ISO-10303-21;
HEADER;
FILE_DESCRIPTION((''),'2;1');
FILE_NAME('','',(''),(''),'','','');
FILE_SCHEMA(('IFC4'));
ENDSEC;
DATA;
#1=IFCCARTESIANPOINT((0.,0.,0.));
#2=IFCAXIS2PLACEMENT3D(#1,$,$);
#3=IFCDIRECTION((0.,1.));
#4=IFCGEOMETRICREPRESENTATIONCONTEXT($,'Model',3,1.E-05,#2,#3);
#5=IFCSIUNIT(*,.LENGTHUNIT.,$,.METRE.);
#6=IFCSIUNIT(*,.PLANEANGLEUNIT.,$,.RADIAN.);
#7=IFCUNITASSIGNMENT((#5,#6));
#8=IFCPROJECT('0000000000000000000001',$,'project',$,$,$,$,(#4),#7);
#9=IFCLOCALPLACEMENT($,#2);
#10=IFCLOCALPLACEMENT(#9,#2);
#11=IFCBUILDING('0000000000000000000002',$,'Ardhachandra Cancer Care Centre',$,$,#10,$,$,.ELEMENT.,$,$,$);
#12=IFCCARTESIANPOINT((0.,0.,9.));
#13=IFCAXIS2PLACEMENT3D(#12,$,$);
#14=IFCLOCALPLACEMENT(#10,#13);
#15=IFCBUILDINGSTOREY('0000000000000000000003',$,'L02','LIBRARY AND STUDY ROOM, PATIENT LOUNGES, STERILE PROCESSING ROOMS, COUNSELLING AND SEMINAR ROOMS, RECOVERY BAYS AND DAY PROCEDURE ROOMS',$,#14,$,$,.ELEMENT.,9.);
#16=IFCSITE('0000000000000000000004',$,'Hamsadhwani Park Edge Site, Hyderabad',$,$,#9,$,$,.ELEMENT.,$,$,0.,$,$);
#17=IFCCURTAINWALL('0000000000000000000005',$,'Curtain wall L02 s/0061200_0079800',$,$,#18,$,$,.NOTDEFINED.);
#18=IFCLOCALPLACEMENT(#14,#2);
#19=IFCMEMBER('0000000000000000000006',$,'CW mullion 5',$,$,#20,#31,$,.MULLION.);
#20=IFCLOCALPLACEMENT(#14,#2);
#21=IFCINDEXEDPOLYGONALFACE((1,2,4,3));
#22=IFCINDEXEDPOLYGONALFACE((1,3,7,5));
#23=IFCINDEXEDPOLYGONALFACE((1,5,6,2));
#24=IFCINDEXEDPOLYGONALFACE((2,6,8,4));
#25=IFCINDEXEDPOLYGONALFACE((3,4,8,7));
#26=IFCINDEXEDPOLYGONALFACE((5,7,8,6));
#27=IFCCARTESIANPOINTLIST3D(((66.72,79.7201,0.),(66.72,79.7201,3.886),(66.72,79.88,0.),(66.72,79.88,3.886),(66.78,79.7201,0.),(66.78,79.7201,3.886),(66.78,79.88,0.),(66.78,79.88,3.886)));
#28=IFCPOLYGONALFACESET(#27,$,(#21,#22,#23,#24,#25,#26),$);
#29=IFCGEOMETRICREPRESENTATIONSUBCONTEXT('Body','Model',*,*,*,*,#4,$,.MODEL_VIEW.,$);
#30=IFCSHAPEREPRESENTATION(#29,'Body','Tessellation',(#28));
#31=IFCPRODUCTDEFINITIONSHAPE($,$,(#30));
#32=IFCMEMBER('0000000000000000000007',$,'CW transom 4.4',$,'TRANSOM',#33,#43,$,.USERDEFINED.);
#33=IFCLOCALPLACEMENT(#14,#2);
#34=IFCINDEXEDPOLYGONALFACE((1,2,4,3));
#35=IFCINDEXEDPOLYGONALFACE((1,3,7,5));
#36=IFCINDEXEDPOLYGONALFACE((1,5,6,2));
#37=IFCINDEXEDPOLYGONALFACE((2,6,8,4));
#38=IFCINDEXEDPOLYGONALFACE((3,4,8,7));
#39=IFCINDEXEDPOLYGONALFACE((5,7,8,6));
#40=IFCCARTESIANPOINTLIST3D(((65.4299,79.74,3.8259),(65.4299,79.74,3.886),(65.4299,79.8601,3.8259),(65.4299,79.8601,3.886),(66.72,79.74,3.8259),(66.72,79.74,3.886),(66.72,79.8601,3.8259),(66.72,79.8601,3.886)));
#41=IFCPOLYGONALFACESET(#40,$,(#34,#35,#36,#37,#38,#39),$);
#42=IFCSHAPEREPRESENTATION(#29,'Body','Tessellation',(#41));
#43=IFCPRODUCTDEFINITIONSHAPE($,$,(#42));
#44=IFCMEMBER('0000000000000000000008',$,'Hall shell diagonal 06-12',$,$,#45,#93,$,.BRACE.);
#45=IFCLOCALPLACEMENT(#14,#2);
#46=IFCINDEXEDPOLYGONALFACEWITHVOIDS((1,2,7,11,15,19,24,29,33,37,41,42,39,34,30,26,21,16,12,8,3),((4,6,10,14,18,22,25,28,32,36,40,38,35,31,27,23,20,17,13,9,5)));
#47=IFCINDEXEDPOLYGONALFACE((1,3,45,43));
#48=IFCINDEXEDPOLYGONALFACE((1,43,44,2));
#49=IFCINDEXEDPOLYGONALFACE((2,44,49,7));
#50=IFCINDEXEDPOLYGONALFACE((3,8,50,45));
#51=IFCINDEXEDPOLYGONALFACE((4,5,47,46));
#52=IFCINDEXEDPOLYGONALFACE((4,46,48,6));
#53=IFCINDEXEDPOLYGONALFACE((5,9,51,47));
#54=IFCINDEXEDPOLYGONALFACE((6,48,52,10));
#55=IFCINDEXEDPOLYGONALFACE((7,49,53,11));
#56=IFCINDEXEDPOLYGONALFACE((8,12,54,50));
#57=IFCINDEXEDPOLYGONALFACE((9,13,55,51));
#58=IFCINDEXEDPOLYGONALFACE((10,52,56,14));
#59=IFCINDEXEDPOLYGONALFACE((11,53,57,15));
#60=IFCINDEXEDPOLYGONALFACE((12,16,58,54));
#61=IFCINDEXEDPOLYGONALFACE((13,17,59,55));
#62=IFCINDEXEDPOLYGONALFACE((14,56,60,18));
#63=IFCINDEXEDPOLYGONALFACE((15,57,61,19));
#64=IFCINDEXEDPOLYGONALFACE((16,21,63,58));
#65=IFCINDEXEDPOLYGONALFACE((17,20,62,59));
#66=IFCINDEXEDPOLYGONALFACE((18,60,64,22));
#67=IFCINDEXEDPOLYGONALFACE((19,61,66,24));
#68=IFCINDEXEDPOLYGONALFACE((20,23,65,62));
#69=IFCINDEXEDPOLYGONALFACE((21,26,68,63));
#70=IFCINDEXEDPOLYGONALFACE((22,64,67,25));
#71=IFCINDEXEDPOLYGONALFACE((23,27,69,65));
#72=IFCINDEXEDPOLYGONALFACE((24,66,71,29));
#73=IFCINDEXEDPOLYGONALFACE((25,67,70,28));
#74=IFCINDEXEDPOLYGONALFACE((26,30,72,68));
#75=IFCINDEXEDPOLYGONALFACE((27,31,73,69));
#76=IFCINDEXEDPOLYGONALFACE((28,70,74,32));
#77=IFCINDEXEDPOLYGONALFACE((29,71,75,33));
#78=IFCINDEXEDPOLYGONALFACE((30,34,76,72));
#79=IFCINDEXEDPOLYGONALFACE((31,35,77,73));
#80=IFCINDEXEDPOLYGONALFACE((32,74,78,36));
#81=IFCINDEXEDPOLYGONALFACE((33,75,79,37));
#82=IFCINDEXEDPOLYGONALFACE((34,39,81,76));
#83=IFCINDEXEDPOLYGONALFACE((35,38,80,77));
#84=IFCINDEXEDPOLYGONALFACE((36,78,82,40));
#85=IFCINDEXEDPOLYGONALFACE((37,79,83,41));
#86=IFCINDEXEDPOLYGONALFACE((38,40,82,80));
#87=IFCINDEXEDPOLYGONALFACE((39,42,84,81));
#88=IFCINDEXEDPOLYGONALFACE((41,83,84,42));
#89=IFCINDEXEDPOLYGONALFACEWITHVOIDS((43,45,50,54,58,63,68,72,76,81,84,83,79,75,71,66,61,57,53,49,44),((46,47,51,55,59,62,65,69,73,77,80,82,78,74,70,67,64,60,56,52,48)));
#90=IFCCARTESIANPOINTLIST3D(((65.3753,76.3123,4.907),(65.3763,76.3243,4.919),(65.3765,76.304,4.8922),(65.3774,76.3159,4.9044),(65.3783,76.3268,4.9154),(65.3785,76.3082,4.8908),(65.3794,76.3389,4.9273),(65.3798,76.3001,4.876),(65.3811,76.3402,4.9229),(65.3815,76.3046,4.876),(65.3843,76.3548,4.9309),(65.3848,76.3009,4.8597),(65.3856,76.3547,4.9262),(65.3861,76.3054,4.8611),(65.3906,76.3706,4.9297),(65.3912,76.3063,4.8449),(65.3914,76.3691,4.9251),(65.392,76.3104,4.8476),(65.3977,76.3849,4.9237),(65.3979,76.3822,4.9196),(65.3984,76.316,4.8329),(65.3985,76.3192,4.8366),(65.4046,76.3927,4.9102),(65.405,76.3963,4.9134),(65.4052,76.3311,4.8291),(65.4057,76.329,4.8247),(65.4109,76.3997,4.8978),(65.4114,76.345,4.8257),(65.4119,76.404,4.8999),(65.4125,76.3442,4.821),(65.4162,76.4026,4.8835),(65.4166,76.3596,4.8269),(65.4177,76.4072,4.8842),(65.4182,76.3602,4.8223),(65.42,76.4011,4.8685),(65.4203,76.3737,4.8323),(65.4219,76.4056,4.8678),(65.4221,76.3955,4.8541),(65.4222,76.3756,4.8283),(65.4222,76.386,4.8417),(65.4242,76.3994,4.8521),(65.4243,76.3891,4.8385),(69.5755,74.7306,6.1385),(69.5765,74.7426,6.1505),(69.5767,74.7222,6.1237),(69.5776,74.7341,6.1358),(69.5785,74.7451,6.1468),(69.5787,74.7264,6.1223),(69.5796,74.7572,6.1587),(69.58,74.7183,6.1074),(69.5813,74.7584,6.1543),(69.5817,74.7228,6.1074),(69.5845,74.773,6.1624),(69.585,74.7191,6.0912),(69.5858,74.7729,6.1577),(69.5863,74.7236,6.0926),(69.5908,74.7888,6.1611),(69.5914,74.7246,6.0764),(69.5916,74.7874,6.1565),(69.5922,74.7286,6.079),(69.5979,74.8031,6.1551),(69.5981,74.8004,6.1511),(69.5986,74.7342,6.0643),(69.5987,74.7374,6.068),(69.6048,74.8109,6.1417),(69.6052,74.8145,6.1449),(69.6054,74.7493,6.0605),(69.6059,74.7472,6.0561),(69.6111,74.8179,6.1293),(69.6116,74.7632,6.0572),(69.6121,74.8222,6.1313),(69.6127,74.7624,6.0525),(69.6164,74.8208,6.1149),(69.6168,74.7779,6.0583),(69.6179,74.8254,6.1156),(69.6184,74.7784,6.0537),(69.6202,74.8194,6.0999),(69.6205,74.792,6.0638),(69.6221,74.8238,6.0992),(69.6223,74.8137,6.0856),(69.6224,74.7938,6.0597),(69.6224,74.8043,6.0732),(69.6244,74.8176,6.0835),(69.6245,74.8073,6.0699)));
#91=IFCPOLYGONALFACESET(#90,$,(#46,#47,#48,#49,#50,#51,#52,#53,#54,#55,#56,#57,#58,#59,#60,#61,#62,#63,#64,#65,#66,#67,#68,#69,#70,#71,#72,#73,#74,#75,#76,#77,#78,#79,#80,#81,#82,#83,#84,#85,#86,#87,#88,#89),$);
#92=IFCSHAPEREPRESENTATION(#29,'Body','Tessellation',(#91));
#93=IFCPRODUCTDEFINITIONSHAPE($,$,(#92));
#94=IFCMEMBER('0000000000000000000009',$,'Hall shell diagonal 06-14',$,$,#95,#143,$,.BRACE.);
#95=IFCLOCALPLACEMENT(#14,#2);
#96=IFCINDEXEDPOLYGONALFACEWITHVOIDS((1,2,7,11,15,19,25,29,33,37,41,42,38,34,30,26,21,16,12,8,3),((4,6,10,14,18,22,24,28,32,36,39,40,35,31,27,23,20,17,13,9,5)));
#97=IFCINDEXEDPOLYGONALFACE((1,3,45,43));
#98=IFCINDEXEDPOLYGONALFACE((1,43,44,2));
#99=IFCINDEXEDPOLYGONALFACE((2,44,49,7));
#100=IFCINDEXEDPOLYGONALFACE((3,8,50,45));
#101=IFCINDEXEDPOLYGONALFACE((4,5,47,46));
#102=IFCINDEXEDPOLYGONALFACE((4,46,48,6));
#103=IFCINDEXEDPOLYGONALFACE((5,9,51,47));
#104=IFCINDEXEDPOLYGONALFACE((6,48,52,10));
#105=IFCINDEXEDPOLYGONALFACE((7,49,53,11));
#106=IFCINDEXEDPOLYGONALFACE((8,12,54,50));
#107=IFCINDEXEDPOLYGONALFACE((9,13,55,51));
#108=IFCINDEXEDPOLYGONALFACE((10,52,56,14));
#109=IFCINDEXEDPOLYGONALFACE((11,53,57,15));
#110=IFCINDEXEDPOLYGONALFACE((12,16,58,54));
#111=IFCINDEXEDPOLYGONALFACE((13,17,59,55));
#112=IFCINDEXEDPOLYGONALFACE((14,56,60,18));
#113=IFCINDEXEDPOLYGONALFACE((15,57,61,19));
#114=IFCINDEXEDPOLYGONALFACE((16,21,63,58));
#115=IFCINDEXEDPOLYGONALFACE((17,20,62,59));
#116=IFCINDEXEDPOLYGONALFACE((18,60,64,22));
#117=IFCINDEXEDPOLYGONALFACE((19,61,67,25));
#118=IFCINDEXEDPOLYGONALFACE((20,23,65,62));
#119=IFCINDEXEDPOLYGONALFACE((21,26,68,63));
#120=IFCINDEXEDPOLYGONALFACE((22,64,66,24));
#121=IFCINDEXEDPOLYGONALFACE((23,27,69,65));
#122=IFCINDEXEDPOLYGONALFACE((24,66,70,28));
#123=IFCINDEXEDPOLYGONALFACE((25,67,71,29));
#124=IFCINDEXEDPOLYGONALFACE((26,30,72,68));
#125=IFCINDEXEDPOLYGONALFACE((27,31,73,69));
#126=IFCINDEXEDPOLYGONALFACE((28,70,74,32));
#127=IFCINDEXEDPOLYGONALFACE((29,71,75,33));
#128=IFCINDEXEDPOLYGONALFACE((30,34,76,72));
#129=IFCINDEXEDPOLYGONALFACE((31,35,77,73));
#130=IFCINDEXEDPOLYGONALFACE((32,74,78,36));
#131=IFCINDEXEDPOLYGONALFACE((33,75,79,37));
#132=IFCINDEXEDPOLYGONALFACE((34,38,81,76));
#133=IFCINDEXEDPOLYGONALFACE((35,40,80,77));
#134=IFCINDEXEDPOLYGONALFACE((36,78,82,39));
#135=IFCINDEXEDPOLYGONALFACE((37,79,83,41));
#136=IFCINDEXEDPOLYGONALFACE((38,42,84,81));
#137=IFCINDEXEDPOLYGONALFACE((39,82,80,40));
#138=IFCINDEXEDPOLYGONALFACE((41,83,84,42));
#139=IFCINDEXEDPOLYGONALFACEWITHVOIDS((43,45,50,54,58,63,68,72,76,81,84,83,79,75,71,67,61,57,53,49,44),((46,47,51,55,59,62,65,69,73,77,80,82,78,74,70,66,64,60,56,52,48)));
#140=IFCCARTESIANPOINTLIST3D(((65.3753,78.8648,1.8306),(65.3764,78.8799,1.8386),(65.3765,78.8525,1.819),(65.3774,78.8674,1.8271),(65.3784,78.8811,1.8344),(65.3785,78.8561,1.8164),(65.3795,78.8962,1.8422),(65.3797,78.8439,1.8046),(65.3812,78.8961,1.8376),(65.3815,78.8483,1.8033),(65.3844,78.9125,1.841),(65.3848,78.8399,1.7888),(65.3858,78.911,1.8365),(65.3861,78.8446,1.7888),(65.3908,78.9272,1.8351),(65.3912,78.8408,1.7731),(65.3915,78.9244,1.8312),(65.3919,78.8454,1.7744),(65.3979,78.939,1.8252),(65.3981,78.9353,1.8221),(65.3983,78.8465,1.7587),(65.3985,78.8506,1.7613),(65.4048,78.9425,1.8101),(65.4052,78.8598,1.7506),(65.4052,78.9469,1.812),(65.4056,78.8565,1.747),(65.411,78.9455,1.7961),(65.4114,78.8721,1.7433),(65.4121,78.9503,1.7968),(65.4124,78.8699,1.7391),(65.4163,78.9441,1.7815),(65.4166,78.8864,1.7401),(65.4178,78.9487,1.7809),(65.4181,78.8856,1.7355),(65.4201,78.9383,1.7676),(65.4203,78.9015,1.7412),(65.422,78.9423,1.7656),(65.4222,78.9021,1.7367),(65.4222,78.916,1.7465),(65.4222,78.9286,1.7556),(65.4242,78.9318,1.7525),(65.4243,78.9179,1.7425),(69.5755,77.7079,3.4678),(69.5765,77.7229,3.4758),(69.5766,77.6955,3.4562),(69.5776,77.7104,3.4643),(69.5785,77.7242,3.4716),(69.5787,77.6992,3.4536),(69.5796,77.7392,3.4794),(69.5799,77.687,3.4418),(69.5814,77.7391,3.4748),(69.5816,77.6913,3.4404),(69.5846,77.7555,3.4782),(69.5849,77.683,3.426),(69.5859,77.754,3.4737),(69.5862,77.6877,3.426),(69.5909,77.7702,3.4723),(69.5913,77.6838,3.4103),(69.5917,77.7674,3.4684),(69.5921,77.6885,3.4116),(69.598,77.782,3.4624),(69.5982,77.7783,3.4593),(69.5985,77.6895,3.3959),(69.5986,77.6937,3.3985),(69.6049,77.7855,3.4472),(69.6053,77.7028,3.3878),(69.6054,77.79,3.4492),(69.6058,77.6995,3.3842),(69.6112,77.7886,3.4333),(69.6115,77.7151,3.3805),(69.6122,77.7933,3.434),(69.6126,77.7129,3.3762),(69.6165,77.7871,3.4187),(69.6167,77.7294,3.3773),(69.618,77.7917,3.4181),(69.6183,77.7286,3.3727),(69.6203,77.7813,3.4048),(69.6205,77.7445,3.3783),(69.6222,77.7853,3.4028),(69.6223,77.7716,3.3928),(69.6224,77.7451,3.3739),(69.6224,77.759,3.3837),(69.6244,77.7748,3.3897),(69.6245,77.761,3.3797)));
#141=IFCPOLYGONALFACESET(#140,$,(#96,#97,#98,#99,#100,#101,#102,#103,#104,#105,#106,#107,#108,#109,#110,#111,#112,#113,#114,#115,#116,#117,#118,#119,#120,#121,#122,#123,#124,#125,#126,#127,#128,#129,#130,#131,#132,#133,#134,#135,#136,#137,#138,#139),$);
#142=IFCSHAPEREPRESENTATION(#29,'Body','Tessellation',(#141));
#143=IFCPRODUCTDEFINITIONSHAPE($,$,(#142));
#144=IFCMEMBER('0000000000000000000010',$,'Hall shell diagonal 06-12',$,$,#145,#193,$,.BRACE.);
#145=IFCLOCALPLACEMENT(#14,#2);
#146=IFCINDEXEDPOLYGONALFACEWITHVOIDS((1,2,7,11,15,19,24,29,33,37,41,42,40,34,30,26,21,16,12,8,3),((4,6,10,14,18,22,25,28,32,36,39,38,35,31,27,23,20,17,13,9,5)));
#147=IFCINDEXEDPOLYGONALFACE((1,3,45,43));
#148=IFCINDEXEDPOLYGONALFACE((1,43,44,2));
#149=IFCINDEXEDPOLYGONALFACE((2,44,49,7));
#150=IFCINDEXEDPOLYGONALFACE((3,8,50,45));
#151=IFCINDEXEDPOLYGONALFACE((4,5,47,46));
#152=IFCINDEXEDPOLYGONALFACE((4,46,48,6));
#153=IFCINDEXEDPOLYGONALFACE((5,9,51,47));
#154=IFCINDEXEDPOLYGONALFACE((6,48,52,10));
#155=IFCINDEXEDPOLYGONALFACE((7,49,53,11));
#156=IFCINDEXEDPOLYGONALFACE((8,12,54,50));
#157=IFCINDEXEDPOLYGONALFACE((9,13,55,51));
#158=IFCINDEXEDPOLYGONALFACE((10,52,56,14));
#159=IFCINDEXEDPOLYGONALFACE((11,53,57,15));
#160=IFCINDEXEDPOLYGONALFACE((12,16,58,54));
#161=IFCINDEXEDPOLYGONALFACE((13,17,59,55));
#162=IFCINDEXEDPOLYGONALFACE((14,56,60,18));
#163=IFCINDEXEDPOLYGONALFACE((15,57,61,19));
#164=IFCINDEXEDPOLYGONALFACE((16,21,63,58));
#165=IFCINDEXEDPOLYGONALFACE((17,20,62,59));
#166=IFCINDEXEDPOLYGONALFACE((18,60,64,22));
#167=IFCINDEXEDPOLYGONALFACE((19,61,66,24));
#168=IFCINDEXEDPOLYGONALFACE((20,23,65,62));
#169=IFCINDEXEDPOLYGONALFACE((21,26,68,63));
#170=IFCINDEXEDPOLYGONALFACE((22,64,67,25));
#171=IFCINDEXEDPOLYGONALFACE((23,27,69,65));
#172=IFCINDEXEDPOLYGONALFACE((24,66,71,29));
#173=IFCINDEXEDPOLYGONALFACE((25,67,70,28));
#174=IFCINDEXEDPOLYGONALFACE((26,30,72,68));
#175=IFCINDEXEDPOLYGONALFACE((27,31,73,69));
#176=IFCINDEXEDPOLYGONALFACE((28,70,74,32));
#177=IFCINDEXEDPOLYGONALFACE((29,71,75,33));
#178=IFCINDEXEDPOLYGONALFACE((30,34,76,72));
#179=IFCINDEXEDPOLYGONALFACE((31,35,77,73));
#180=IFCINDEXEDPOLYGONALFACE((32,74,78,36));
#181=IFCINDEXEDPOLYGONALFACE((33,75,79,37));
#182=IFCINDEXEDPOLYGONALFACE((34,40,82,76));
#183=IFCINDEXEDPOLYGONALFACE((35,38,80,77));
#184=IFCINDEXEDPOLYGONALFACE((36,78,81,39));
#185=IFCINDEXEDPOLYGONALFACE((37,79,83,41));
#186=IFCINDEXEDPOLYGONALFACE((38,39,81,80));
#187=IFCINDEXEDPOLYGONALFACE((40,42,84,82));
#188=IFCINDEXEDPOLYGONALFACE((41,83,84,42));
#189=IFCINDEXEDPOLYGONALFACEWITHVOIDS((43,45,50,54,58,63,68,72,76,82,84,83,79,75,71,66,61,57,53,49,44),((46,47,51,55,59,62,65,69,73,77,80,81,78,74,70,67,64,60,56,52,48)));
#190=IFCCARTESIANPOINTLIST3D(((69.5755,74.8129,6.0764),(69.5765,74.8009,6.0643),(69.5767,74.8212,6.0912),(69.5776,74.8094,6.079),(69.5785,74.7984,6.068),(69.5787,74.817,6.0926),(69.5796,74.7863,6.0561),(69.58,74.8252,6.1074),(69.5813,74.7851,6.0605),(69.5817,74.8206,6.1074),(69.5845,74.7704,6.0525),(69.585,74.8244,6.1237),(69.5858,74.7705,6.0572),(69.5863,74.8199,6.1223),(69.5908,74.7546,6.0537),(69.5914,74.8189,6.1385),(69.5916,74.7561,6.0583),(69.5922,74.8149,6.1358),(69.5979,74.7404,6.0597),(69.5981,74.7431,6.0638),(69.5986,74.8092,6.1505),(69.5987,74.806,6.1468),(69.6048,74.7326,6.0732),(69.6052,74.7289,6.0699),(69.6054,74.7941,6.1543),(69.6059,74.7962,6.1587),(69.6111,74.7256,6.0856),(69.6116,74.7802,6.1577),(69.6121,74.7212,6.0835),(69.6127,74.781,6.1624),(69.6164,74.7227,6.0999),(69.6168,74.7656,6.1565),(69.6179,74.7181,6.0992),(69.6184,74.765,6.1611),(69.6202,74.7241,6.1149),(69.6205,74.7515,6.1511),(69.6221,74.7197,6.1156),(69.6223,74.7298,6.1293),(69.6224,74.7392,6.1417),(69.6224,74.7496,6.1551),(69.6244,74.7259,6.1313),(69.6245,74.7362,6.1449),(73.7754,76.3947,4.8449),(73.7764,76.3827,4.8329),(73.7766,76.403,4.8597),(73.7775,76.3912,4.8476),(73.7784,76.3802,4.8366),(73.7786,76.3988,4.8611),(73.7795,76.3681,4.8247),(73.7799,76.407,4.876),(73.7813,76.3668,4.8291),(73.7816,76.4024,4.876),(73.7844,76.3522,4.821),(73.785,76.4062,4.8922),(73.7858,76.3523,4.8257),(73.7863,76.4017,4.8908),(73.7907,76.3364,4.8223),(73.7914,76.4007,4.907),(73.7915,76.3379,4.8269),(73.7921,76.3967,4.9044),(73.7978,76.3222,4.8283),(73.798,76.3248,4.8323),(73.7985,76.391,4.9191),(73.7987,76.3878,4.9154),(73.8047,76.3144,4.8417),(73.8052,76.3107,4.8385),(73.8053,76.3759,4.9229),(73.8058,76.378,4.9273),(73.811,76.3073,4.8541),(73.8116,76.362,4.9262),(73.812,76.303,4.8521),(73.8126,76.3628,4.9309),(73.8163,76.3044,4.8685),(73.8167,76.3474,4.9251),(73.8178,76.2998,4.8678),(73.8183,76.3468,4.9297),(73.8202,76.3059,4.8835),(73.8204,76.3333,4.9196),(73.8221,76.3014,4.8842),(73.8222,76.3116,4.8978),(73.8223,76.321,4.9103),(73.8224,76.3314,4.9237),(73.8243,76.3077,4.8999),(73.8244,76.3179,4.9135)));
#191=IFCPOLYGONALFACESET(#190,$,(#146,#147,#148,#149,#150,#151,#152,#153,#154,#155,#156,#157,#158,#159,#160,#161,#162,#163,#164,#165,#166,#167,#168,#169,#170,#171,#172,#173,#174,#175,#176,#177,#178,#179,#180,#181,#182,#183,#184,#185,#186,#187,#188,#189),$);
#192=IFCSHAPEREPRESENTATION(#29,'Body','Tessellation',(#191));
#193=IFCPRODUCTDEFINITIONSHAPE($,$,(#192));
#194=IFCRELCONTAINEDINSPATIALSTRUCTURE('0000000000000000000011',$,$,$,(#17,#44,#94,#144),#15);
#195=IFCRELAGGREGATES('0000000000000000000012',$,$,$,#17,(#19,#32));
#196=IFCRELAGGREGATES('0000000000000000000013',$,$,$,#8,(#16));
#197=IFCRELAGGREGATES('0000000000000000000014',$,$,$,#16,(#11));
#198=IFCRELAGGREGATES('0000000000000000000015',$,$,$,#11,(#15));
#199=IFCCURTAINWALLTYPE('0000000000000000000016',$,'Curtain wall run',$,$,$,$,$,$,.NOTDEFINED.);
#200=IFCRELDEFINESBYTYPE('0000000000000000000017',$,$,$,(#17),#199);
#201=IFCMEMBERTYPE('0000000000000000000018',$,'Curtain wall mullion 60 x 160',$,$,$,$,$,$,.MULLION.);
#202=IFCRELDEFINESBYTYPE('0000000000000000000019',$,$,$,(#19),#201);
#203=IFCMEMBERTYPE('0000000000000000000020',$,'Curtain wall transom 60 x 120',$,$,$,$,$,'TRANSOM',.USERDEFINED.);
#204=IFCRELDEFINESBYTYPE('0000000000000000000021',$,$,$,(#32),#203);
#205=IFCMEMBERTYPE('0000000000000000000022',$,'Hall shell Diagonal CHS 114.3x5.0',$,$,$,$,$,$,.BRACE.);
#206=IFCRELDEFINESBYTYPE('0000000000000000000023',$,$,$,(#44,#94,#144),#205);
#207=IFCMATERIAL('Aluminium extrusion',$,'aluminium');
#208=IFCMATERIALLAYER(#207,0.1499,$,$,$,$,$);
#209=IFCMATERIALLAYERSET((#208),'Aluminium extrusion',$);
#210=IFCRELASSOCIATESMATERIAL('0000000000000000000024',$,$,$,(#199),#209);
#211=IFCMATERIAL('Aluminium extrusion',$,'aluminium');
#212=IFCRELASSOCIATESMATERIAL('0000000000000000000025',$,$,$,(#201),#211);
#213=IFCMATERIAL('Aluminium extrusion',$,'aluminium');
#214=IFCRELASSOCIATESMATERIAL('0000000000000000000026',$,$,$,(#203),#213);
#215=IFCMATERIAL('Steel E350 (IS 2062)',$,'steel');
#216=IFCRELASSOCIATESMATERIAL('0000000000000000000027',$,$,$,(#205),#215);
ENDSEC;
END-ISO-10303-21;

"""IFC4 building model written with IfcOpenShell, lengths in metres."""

from ifc_helpers import new_model, si_unit, direction, frame, origin, origin_2d, place, context, subcontext, project, spatial, rectangle, hollow_circle, extrude, material, layer, layer_set, material_profile, profile_set, type_object, element, aggregate, save


model = new_model("IFC4")

# Units and contexts
model_context = context("Model", 3, precision=1e-05, world=origin(), true_north=direction((0.0, 1.0)))
body_context = subcontext(model_context, "Body", "Model", "MODEL_VIEW")
ifc_project = project(units=[si_unit("LENGTHUNIT", "METRE"), si_unit("PLANEANGLEUNIT", "RADIAN")], contexts=[model_context])

# Site, building, storey
site_placement = place(None, origin())
site = spatial("IfcSite", under=ifc_project, at=site_placement, Name="Hamsadhwani Park Edge Site, Hyderabad", CompositionType="ELEMENT", RefElevation=0.0)
building_placement = place(site_placement, origin())
building = spatial("IfcBuilding", under=site, at=building_placement, Name="Ardhachandra Cancer Care Centre", CompositionType="ELEMENT")
storey_placement = place(building_placement, frame((0.0, 0.0, 9.0)))
storey = spatial("IfcBuildingStorey", under=building, at=storey_placement, Name="L02", Description="LIBRARY AND STUDY ROOM, PATIENT LOUNGES, STERILE PROCESSING ROOMS, COUNSELLING AND SEMINAR ROOMS, RECOVERY BAYS AND DAY PROCEDURE ROOMS", CompositionType="ELEMENT", Elevation=9.0)

# Curtain wall, members
ifc_material_1 = material(Name="Aluminium extrusion", Category="aluminium")
ifc_layer_1 = layer(ifc_material_1, 0.1499)
ifc_layer_set_1 = layer_set([ifc_layer_1], Name="Aluminium extrusion")
curtain_wall_type = type_object("IfcCurtainWallType", Name="Curtain wall run", PredefinedType="NOTDEFINED", material=ifc_layer_set_1)
curtain_wall_placement = place(storey_placement, origin())
curtain_wall = element("IfcCurtainWall", 1, at=curtain_wall_placement, inside=storey, type_object=curtain_wall_type, Name="Curtain wall L02 s/0061200_0079800", PredefinedType="NOTDEFINED")
ifc_material_2 = material(Name="Aluminium extrusion", Category="aluminium")
ifc_material_profile_1 = material_profile(ifc_material_2, rectangle(XDim=0.1599, YDim=0.0601, at=origin_2d()), Name="Curtain wall mullion 60 x 160")
ifc_profile_set_1 = profile_set([ifc_material_profile_1], Name="Aluminium extrusion")
member_type_1 = type_object("IfcMemberType", Name="Curtain wall mullion 60 x 160", PredefinedType="MULLION", material=ifc_profile_set_1)
member_1_placement = place(storey_placement, frame((66.75, 79.8, 0.0), z_axis=(0.0, 0.0, 1.0), x_axis=(0.0, 1.0, 0.0)))
member_1 = element("IfcMember", 2, at=member_1_placement, type_object=member_type_1, Name="CW mullion 5", PredefinedType="MULLION", context=body_context, shape_type="SweptSolid", body=[
    extrude(rectangle(XDim=0.1599, YDim=0.0601, at=origin_2d()), origin(), (0.0, 0.0, 1.0), 3.886),
])
ifc_material_3 = material(Name="Aluminium extrusion", Category="aluminium")
ifc_material_profile_2 = material_profile(ifc_material_3, rectangle(XDim=0.1201, YDim=0.0601, at=origin_2d()), Name="Curtain wall transom 60 x 120")
ifc_profile_set_2 = profile_set([ifc_material_profile_2], Name="Aluminium extrusion")
member_type_2 = type_object("IfcMemberType", Name="Curtain wall transom 60 x 120", ElementType="TRANSOM", PredefinedType="USERDEFINED", material=ifc_profile_set_2)
member_2_placement = place(storey_placement, frame((65.4299, 79.8, 3.856), z_axis=(1.0, 0.0, 0.0), x_axis=(0.0, 1.0, 0.0)))
member_2 = element("IfcMember", 3, at=member_2_placement, type_object=member_type_2, Name="CW transom 4.4", ObjectType="TRANSOM", PredefinedType="USERDEFINED", context=body_context, shape_type="SweptSolid", body=[
    extrude(rectangle(XDim=0.1201, YDim=0.0601, at=origin_2d()), origin(), (0.0, 0.0, 1.0), 1.29),
])

# Members
ifc_material_4 = material(Name="Steel E350 (IS 2062)", Category="steel")
ifc_material_profile_3 = material_profile(ifc_material_4, hollow_circle(Radius=0.0571, WallThickness=0.0049, at=origin_2d()), Name="CHS 114.3x5.0")
ifc_profile_set_3 = profile_set([ifc_material_profile_3], Name="Steel E350 (IS 2062)")
member_type_3 = type_object("IfcMemberType", Name="Hall shell Diagonal CHS 114.3x5.0", PredefinedType="BRACE", material=ifc_profile_set_3)
for number, where, z_axis, x_axis, name in (
    (4, (69.6001, 74.7717, 6.1074), (-0.902482, 0.339874, -0.264597), (-0.352435, -0.935836, 0.0), "Hall shell diagonal 06-12"),
    (5, (69.6001, 77.738, 3.426), (-0.902471, 0.248594, -0.351777), (-0.265568, -0.964092, 0.0), "Hall shell diagonal 06-14"),
):
    element("IfcMember", number, at=place(storey_placement, frame(where, z_axis=z_axis, x_axis=x_axis)), inside=storey, type_object=member_type_3, Name=name, PredefinedType="BRACE", context=body_context, shape_type="SweptSolid", body=[
        extrude(hollow_circle(Radius=0.0571, WallThickness=0.0049, at=origin_2d()), origin(), (0.0, 0.0, 1.0), 4.6541),
    ])
for number, where, z_axis, x_axis, name in (
    (6, (69.6001, 74.7717, 6.1074), (0.902473, 0.33989, -0.264609), (-0.352453, 0.93583, 0.0), "Hall shell diagonal 06-12"),
):
    element("IfcMember", number, at=place(storey_placement, frame(where, z_axis=z_axis, x_axis=x_axis)), inside=storey, type_object=member_type_3, Name=name, PredefinedType="BRACE", context=body_context, shape_type="SweptSolid", body=[
        extrude(hollow_circle(Radius=0.0571, WallThickness=0.0049, at=origin_2d()), origin(), (0.0, 0.0, 1.0), 4.6538),
    ])

aggregate(curtain_wall, [member_1, member_2])

save(model, "model.ifc")
